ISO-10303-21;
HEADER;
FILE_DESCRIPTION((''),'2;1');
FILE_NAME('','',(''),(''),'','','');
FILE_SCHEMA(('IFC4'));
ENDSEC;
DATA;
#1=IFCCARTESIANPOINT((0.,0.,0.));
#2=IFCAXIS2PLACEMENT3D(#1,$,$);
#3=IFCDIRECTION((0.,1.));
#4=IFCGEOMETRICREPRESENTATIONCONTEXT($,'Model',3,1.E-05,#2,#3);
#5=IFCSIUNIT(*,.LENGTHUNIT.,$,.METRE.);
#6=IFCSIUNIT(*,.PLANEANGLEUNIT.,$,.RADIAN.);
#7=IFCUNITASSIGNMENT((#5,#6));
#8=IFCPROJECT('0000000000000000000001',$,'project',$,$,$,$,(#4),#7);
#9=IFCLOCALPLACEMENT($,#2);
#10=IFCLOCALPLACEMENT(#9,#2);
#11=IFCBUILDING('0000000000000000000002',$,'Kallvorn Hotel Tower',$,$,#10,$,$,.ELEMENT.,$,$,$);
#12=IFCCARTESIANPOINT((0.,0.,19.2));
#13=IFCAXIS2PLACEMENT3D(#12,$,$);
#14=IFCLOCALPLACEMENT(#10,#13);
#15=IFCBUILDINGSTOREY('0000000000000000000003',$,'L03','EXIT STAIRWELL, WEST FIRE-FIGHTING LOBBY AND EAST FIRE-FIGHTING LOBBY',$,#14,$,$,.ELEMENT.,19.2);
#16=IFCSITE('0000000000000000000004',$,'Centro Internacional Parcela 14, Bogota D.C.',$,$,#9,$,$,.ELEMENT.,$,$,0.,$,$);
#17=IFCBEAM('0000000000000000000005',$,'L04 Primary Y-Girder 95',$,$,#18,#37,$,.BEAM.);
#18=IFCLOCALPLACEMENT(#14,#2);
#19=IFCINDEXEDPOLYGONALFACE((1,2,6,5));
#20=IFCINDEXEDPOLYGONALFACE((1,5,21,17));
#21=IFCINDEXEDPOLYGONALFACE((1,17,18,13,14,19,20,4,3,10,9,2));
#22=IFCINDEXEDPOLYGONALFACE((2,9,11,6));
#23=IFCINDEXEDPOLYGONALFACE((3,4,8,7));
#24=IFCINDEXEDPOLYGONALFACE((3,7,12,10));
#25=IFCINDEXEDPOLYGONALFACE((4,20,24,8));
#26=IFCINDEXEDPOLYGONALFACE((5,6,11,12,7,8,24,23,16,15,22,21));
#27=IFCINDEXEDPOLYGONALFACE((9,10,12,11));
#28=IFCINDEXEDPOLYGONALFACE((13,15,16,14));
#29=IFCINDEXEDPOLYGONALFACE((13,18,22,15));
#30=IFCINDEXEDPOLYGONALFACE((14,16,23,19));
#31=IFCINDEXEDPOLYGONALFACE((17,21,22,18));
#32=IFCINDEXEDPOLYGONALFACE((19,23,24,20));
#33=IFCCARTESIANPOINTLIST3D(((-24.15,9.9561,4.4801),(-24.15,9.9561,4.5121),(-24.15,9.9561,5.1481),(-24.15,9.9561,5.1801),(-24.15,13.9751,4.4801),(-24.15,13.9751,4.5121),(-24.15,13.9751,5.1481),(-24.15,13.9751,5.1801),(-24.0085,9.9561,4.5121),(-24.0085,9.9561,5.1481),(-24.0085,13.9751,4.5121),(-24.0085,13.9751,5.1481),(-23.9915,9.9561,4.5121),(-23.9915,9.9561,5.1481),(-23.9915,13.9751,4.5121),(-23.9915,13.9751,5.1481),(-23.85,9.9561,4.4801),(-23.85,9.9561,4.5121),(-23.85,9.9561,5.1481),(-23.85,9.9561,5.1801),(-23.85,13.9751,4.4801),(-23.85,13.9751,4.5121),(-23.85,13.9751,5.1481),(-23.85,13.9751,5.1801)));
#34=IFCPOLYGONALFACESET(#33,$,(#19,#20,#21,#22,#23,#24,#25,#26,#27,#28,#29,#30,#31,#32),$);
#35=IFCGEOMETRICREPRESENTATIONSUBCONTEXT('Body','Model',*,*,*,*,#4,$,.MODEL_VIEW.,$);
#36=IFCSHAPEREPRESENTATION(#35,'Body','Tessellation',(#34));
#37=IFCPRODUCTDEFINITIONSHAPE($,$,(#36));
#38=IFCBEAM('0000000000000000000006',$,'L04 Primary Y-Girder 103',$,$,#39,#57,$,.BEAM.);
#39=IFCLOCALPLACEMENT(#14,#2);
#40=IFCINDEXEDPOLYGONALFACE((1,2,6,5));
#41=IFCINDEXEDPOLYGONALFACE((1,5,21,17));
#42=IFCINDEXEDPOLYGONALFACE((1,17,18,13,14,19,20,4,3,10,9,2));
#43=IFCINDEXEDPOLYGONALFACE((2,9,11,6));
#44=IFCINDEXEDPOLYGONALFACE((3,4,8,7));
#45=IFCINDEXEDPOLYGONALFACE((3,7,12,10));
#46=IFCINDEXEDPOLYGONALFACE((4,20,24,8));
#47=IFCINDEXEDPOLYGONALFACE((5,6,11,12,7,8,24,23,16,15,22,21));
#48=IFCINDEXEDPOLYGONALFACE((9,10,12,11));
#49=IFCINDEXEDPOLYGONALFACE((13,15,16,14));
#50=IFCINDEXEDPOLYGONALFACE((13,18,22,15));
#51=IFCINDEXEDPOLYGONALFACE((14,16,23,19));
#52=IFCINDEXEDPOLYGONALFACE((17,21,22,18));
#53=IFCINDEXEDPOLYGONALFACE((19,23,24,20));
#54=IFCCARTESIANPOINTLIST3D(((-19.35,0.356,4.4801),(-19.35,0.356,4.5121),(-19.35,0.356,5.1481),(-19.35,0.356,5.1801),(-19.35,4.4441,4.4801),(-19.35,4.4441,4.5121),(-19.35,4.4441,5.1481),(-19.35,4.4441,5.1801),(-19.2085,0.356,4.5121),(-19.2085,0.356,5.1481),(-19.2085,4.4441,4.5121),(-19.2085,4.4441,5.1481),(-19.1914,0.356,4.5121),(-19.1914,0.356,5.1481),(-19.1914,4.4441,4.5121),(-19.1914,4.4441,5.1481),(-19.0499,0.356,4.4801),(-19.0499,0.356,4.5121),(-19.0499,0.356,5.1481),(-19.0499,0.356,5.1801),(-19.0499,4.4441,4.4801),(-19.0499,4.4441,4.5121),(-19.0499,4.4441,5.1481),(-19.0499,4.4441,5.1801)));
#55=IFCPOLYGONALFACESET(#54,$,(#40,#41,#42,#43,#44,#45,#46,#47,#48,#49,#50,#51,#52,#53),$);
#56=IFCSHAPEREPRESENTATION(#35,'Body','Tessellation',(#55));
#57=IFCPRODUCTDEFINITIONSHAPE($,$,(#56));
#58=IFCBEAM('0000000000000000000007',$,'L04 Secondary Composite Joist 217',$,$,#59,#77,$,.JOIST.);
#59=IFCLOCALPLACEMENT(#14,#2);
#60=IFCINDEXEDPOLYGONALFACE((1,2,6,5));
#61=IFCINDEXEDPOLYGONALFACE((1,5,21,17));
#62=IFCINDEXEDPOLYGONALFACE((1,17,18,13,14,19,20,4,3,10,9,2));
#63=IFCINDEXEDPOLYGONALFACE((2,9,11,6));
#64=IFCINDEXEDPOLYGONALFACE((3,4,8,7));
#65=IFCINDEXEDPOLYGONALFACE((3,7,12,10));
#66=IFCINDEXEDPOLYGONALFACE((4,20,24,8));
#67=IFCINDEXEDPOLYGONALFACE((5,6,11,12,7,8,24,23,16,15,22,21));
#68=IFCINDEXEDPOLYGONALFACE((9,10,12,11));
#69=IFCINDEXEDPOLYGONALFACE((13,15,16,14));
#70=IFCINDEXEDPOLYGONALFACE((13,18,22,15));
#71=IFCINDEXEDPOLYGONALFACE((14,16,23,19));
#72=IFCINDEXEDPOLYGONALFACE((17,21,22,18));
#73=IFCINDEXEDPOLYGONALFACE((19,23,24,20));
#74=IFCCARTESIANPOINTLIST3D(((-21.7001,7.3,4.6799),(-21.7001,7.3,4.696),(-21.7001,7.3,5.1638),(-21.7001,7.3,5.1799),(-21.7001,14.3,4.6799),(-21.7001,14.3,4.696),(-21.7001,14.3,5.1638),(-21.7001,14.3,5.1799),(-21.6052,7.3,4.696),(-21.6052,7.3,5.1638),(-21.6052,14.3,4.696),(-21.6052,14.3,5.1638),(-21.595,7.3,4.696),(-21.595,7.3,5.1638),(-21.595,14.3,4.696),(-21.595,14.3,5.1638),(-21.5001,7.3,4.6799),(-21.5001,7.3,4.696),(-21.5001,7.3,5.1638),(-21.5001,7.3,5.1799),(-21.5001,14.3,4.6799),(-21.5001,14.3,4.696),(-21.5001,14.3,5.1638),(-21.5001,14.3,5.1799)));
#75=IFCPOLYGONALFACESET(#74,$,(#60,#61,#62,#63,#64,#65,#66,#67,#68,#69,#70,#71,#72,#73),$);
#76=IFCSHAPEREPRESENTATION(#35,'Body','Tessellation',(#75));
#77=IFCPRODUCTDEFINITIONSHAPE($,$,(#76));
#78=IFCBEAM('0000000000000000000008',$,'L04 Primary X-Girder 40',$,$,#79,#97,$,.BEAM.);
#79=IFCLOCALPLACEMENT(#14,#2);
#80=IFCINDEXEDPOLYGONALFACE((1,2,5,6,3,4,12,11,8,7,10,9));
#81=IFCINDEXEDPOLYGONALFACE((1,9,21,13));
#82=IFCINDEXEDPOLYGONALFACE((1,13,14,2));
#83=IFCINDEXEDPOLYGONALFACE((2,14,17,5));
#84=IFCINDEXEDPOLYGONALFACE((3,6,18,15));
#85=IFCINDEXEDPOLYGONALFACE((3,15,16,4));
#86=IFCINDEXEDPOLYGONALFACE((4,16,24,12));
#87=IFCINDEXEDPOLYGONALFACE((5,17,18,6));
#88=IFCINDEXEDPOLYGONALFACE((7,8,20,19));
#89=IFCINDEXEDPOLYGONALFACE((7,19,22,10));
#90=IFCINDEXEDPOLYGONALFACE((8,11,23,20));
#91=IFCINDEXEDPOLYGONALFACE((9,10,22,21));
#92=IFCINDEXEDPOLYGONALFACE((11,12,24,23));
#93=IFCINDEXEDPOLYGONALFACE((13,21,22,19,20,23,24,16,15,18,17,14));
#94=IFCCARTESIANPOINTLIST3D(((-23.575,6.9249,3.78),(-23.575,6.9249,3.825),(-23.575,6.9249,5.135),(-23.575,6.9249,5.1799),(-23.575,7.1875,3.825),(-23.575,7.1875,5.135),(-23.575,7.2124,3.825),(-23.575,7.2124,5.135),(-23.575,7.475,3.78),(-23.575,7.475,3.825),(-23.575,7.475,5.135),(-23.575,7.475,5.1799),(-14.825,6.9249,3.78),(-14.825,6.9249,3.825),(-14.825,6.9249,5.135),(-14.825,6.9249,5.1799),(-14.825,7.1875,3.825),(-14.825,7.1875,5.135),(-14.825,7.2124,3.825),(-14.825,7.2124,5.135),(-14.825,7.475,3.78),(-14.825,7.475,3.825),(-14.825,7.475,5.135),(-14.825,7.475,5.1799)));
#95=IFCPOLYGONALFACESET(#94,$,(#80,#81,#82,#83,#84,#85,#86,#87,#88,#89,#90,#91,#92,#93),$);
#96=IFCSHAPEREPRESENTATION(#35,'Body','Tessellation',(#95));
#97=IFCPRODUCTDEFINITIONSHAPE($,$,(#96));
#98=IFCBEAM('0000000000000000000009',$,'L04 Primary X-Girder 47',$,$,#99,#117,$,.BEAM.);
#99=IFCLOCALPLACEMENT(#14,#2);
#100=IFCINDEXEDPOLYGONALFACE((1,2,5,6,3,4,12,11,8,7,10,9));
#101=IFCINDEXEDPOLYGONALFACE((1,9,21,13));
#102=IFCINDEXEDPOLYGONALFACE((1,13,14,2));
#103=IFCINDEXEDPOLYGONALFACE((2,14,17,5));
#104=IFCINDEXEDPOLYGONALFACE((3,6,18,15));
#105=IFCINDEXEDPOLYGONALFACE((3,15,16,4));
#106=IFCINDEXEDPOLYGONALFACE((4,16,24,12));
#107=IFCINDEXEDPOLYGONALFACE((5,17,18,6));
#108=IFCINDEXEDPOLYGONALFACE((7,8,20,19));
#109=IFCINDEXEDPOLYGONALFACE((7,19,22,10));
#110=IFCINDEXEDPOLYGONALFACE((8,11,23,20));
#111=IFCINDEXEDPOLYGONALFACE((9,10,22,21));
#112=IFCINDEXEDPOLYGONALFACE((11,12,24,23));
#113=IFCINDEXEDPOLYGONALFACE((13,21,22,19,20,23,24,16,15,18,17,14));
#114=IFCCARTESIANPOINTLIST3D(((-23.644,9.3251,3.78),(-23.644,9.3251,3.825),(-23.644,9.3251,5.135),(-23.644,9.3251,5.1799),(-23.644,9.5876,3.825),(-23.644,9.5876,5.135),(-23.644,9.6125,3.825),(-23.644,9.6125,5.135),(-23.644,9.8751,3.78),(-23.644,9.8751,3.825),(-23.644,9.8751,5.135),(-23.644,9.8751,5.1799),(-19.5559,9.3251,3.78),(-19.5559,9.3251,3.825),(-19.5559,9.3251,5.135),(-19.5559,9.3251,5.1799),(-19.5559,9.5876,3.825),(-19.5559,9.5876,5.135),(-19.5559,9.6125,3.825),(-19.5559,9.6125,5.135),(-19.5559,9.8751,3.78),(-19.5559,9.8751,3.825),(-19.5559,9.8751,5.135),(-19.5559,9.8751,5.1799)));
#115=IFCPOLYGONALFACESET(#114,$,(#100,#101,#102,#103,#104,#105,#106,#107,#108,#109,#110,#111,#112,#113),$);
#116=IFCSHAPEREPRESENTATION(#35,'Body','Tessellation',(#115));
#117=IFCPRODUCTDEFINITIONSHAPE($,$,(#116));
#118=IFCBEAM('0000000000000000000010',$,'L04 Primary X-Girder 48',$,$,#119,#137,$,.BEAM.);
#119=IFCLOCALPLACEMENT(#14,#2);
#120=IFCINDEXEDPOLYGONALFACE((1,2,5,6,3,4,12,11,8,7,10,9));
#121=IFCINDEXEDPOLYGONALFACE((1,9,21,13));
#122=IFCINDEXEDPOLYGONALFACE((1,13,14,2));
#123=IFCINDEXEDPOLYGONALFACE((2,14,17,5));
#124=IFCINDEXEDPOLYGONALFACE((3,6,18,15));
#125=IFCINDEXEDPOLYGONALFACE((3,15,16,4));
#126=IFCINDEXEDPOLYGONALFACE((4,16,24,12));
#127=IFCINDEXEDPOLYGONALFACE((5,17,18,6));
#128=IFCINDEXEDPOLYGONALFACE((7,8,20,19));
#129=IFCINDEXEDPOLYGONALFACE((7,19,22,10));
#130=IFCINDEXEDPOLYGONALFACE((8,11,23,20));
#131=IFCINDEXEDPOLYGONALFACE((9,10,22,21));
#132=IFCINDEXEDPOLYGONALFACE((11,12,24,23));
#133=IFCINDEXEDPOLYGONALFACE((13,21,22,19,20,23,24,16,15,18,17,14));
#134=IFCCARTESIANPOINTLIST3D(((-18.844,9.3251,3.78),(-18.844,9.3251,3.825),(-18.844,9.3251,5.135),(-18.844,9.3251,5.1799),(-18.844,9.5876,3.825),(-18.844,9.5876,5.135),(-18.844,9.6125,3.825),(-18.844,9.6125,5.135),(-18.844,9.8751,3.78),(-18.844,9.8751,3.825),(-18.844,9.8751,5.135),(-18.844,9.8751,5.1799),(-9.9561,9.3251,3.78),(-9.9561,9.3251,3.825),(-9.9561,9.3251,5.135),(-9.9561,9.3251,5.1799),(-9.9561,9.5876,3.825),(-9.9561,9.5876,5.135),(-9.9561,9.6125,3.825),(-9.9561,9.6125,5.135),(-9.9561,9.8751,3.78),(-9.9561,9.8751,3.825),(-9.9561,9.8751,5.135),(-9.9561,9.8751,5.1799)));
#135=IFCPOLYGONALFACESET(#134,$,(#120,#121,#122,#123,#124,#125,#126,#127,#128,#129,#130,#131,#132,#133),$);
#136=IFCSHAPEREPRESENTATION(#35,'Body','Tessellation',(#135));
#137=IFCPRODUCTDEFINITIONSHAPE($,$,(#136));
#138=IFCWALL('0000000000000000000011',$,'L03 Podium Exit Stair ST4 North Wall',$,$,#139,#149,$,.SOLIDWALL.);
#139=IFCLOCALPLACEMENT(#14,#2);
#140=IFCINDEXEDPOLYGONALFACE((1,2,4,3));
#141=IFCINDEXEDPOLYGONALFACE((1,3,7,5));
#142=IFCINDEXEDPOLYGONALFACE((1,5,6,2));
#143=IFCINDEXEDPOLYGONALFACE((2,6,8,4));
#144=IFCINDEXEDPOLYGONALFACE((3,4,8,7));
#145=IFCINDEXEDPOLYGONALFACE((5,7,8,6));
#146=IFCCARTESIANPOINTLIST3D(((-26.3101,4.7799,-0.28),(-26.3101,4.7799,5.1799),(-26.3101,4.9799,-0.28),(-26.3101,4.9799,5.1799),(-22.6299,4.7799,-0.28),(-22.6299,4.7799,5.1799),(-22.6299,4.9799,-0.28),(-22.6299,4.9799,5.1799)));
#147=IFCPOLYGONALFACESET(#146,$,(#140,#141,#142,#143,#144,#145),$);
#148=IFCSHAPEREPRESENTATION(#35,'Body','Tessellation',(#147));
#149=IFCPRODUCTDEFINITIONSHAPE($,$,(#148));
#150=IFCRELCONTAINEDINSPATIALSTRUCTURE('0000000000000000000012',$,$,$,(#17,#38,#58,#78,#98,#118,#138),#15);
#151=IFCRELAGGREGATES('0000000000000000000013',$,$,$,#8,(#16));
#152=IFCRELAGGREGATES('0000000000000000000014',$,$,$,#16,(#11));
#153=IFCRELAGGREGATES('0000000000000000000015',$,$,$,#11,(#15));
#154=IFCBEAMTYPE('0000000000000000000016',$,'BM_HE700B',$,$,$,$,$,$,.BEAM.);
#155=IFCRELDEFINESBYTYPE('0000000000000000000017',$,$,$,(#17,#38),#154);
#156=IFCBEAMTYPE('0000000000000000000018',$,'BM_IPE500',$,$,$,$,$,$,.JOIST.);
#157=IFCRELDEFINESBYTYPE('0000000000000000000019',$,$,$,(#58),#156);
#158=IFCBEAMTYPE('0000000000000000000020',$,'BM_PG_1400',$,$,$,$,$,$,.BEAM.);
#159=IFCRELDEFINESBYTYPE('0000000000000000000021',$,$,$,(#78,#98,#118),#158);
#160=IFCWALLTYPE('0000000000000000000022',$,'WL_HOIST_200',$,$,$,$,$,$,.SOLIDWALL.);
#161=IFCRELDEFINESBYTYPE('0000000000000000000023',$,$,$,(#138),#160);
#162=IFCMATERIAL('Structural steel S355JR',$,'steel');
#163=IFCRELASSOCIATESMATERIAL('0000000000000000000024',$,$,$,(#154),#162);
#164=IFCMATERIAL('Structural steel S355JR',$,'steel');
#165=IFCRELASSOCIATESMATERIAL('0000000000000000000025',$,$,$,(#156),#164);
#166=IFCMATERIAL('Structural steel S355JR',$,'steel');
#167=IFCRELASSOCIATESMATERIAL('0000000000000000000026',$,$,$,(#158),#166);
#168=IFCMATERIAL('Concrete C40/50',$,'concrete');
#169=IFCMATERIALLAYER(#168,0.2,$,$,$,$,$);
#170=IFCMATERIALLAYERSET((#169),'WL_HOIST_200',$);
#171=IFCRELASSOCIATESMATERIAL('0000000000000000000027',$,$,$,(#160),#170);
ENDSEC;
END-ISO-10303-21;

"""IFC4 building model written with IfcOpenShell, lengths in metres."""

from ifc_helpers import new_model, si_unit, direction, frame, frame_2d, origin, origin_2d, place, context, subcontext, project, spatial, rectangle, i_section, extrude, material, layer, layer_set, material_profile, profile_set, type_object, element, save


model = new_model("IFC4")

# Units and contexts
model_context = context("Model", 3, precision=1e-05, world=origin(), true_north=direction((0.0, 1.0)))
body_context = subcontext(model_context, "Body", "Model", "MODEL_VIEW")
ifc_project = project(units=[si_unit("LENGTHUNIT", "METRE"), si_unit("PLANEANGLEUNIT", "RADIAN")], contexts=[model_context])

# Site, building, storey
site_placement = place(None, origin())
site = spatial("IfcSite", under=ifc_project, at=site_placement, Name="Centro Internacional Parcela 14, Bogota D.C.", CompositionType="ELEMENT", RefElevation=0.0)
building_placement = place(site_placement, origin())
building = spatial("IfcBuilding", under=site, at=building_placement, Name="Kallvorn Hotel Tower", CompositionType="ELEMENT")
storey_placement = place(building_placement, frame((0.0, 0.0, 19.2)))
storey = spatial("IfcBuildingStorey", under=building, at=storey_placement, Name="L03", Description="EXIT STAIRWELL, WEST FIRE-FIGHTING LOBBY AND EAST FIRE-FIGHTING LOBBY", CompositionType="ELEMENT", Elevation=19.2)

# Beams
ifc_material_1 = material(Name="Structural steel S355JR", Category="steel")
ifc_material_profile_1 = material_profile(ifc_material_1, i_section(OverallWidth=0.3, OverallDepth=0.7, WebThickness=0.0171, FlangeThickness=0.032, at=origin_2d()), Name="HE 700 B")
ifc_profile_set_1 = profile_set([ifc_material_profile_1], Name="Structural steel S355JR")
beam_type_1 = type_object("IfcBeamType", Name="BM_HE700B", PredefinedType="BEAM", material=ifc_profile_set_1)
beam_1_placement = place(storey_placement, frame((-24.0, 9.9561, 4.8301), z_axis=(0.0, 1.0, 0.0), x_axis=(-1.0, 0.0, 0.0)))
element("IfcBeam", 1, at=beam_1_placement, inside=storey, type_object=beam_type_1, Name="L04 Primary Y-Girder 95", PredefinedType="BEAM", context=body_context, shape_type="SweptSolid", body=[
    extrude(i_section(OverallWidth=0.3, OverallDepth=0.7, WebThickness=0.0171, FlangeThickness=0.032, at=origin_2d()), origin(), (0.0, 0.0, 1.0), 4.019),
])
beam_2_placement = place(storey_placement, frame((-19.2, 0.356, 4.8301), z_axis=(0.0, 1.0, 0.0), x_axis=(-1.0, 0.0, 0.0)))
element("IfcBeam", 2, at=beam_2_placement, inside=storey, type_object=beam_type_1, Name="L04 Primary Y-Girder 103", PredefinedType="BEAM", context=body_context, shape_type="SweptSolid", body=[
    extrude(i_section(OverallWidth=0.3, OverallDepth=0.7, WebThickness=0.0171, FlangeThickness=0.032, at=origin_2d()), origin(), (0.0, 0.0, 1.0), 4.0881),
])
ifc_material_2 = material(Name="Structural steel S355JR", Category="steel")
ifc_material_profile_2 = material_profile(ifc_material_2, i_section(OverallWidth=0.2, OverallDepth=0.5, WebThickness=0.0103, FlangeThickness=0.0161, at=origin_2d()), Name="IPE 500")
ifc_profile_set_2 = profile_set([ifc_material_profile_2], Name="Structural steel S355JR")
beam_type_2 = type_object("IfcBeamType", Name="BM_IPE500", PredefinedType="JOIST", material=ifc_profile_set_2)
beam_3_placement = place(storey_placement, frame((-21.6001, 7.3, 4.9299), z_axis=(0.0, 1.0, 0.0), x_axis=(-1.0, 0.0, 0.0)))
element("IfcBeam", 3, at=beam_3_placement, inside=storey, type_object=beam_type_2, Name="L04 Secondary Composite Joist 217", PredefinedType="JOIST", context=body_context, shape_type="SweptSolid", body=[
    extrude(i_section(OverallWidth=0.2, OverallDepth=0.5, WebThickness=0.0103, FlangeThickness=0.0161, at=origin_2d()), origin(), (0.0, 0.0, 1.0), 7.0),
])
ifc_material_3 = material(Name="Structural steel S355JR", Category="steel")
ifc_material_profile_3 = material_profile(ifc_material_3, i_section(OverallWidth=0.55, OverallDepth=1.3999, WebThickness=0.0249, FlangeThickness=0.0449, at=origin_2d()), Name="PG 1400x550x25x45")
ifc_profile_set_3 = profile_set([ifc_material_profile_3], Name="Structural steel S355JR")
beam_type_3 = type_object("IfcBeamType", Name="BM_PG_1400", PredefinedType="BEAM", material=ifc_profile_set_3)
beam_4_placement = place(storey_placement, frame((-23.575, 7.2, 4.48), z_axis=(1.0, 0.0, 0.0), x_axis=(0.0, 1.0, 0.0)))
element("IfcBeam", 4, at=beam_4_placement, inside=storey, type_object=beam_type_3, Name="L04 Primary X-Girder 40", PredefinedType="BEAM", context=body_context, shape_type="SweptSolid", body=[
    extrude(i_section(OverallWidth=0.55, OverallDepth=1.3999, WebThickness=0.0249, FlangeThickness=0.0449, at=origin_2d()), origin(), (0.0, 0.0, 1.0), 8.75),
])
beam_5_placement = place(storey_placement, frame((-23.644, 9.6001, 4.48), z_axis=(1.0, 0.0, 0.0), x_axis=(0.0, 1.0, 0.0)))
element("IfcBeam", 5, at=beam_5_placement, inside=storey, type_object=beam_type_3, Name="L04 Primary X-Girder 47", PredefinedType="BEAM", context=body_context, shape_type="SweptSolid", body=[
    extrude(i_section(OverallWidth=0.55, OverallDepth=1.3999, WebThickness=0.0249, FlangeThickness=0.0449, at=origin_2d()), origin(), (0.0, 0.0, 1.0), 4.0881),
])
beam_6_placement = place(storey_placement, frame((-18.844, 9.6001, 4.48), z_axis=(1.0, 0.0, 0.0), x_axis=(0.0, 1.0, 0.0)))
element("IfcBeam", 6, at=beam_6_placement, inside=storey, type_object=beam_type_3, Name="L04 Primary X-Girder 48", PredefinedType="BEAM", context=body_context, shape_type="SweptSolid", body=[
    extrude(i_section(OverallWidth=0.55, OverallDepth=1.3999, WebThickness=0.0249, FlangeThickness=0.0449, at=origin_2d()), origin(), (0.0, 0.0, 1.0), 8.8879),
])

# Wall
ifc_material_4 = material(Name="Concrete C40/50", Category="concrete")
ifc_layer_1 = layer(ifc_material_4, 0.2)
ifc_layer_set_1 = layer_set([ifc_layer_1], Name="WL_HOIST_200")
wall_type = type_object("IfcWallType", Name="WL_HOIST_200", PredefinedType="SOLIDWALL", material=ifc_layer_set_1)
wall_placement = place(storey_placement, frame((-26.3101, 4.8799, -0.28), z_axis=(0.0, 0.0, 1.0), x_axis=(1.0, 0.0, 0.0)))
element("IfcWall", 7, at=wall_placement, inside=storey, type_object=wall_type, Name="L03 Podium Exit Stair ST4 North Wall", PredefinedType="SOLIDWALL", context=body_context, shape_type="SweptSolid", body=[
    extrude(rectangle(XDim=3.6802, YDim=0.2, at=frame_2d((1.8401, 0.0))), origin(), (0.0, 0.0, 1.0), 5.46),
])

save(model, "model.ifc")
